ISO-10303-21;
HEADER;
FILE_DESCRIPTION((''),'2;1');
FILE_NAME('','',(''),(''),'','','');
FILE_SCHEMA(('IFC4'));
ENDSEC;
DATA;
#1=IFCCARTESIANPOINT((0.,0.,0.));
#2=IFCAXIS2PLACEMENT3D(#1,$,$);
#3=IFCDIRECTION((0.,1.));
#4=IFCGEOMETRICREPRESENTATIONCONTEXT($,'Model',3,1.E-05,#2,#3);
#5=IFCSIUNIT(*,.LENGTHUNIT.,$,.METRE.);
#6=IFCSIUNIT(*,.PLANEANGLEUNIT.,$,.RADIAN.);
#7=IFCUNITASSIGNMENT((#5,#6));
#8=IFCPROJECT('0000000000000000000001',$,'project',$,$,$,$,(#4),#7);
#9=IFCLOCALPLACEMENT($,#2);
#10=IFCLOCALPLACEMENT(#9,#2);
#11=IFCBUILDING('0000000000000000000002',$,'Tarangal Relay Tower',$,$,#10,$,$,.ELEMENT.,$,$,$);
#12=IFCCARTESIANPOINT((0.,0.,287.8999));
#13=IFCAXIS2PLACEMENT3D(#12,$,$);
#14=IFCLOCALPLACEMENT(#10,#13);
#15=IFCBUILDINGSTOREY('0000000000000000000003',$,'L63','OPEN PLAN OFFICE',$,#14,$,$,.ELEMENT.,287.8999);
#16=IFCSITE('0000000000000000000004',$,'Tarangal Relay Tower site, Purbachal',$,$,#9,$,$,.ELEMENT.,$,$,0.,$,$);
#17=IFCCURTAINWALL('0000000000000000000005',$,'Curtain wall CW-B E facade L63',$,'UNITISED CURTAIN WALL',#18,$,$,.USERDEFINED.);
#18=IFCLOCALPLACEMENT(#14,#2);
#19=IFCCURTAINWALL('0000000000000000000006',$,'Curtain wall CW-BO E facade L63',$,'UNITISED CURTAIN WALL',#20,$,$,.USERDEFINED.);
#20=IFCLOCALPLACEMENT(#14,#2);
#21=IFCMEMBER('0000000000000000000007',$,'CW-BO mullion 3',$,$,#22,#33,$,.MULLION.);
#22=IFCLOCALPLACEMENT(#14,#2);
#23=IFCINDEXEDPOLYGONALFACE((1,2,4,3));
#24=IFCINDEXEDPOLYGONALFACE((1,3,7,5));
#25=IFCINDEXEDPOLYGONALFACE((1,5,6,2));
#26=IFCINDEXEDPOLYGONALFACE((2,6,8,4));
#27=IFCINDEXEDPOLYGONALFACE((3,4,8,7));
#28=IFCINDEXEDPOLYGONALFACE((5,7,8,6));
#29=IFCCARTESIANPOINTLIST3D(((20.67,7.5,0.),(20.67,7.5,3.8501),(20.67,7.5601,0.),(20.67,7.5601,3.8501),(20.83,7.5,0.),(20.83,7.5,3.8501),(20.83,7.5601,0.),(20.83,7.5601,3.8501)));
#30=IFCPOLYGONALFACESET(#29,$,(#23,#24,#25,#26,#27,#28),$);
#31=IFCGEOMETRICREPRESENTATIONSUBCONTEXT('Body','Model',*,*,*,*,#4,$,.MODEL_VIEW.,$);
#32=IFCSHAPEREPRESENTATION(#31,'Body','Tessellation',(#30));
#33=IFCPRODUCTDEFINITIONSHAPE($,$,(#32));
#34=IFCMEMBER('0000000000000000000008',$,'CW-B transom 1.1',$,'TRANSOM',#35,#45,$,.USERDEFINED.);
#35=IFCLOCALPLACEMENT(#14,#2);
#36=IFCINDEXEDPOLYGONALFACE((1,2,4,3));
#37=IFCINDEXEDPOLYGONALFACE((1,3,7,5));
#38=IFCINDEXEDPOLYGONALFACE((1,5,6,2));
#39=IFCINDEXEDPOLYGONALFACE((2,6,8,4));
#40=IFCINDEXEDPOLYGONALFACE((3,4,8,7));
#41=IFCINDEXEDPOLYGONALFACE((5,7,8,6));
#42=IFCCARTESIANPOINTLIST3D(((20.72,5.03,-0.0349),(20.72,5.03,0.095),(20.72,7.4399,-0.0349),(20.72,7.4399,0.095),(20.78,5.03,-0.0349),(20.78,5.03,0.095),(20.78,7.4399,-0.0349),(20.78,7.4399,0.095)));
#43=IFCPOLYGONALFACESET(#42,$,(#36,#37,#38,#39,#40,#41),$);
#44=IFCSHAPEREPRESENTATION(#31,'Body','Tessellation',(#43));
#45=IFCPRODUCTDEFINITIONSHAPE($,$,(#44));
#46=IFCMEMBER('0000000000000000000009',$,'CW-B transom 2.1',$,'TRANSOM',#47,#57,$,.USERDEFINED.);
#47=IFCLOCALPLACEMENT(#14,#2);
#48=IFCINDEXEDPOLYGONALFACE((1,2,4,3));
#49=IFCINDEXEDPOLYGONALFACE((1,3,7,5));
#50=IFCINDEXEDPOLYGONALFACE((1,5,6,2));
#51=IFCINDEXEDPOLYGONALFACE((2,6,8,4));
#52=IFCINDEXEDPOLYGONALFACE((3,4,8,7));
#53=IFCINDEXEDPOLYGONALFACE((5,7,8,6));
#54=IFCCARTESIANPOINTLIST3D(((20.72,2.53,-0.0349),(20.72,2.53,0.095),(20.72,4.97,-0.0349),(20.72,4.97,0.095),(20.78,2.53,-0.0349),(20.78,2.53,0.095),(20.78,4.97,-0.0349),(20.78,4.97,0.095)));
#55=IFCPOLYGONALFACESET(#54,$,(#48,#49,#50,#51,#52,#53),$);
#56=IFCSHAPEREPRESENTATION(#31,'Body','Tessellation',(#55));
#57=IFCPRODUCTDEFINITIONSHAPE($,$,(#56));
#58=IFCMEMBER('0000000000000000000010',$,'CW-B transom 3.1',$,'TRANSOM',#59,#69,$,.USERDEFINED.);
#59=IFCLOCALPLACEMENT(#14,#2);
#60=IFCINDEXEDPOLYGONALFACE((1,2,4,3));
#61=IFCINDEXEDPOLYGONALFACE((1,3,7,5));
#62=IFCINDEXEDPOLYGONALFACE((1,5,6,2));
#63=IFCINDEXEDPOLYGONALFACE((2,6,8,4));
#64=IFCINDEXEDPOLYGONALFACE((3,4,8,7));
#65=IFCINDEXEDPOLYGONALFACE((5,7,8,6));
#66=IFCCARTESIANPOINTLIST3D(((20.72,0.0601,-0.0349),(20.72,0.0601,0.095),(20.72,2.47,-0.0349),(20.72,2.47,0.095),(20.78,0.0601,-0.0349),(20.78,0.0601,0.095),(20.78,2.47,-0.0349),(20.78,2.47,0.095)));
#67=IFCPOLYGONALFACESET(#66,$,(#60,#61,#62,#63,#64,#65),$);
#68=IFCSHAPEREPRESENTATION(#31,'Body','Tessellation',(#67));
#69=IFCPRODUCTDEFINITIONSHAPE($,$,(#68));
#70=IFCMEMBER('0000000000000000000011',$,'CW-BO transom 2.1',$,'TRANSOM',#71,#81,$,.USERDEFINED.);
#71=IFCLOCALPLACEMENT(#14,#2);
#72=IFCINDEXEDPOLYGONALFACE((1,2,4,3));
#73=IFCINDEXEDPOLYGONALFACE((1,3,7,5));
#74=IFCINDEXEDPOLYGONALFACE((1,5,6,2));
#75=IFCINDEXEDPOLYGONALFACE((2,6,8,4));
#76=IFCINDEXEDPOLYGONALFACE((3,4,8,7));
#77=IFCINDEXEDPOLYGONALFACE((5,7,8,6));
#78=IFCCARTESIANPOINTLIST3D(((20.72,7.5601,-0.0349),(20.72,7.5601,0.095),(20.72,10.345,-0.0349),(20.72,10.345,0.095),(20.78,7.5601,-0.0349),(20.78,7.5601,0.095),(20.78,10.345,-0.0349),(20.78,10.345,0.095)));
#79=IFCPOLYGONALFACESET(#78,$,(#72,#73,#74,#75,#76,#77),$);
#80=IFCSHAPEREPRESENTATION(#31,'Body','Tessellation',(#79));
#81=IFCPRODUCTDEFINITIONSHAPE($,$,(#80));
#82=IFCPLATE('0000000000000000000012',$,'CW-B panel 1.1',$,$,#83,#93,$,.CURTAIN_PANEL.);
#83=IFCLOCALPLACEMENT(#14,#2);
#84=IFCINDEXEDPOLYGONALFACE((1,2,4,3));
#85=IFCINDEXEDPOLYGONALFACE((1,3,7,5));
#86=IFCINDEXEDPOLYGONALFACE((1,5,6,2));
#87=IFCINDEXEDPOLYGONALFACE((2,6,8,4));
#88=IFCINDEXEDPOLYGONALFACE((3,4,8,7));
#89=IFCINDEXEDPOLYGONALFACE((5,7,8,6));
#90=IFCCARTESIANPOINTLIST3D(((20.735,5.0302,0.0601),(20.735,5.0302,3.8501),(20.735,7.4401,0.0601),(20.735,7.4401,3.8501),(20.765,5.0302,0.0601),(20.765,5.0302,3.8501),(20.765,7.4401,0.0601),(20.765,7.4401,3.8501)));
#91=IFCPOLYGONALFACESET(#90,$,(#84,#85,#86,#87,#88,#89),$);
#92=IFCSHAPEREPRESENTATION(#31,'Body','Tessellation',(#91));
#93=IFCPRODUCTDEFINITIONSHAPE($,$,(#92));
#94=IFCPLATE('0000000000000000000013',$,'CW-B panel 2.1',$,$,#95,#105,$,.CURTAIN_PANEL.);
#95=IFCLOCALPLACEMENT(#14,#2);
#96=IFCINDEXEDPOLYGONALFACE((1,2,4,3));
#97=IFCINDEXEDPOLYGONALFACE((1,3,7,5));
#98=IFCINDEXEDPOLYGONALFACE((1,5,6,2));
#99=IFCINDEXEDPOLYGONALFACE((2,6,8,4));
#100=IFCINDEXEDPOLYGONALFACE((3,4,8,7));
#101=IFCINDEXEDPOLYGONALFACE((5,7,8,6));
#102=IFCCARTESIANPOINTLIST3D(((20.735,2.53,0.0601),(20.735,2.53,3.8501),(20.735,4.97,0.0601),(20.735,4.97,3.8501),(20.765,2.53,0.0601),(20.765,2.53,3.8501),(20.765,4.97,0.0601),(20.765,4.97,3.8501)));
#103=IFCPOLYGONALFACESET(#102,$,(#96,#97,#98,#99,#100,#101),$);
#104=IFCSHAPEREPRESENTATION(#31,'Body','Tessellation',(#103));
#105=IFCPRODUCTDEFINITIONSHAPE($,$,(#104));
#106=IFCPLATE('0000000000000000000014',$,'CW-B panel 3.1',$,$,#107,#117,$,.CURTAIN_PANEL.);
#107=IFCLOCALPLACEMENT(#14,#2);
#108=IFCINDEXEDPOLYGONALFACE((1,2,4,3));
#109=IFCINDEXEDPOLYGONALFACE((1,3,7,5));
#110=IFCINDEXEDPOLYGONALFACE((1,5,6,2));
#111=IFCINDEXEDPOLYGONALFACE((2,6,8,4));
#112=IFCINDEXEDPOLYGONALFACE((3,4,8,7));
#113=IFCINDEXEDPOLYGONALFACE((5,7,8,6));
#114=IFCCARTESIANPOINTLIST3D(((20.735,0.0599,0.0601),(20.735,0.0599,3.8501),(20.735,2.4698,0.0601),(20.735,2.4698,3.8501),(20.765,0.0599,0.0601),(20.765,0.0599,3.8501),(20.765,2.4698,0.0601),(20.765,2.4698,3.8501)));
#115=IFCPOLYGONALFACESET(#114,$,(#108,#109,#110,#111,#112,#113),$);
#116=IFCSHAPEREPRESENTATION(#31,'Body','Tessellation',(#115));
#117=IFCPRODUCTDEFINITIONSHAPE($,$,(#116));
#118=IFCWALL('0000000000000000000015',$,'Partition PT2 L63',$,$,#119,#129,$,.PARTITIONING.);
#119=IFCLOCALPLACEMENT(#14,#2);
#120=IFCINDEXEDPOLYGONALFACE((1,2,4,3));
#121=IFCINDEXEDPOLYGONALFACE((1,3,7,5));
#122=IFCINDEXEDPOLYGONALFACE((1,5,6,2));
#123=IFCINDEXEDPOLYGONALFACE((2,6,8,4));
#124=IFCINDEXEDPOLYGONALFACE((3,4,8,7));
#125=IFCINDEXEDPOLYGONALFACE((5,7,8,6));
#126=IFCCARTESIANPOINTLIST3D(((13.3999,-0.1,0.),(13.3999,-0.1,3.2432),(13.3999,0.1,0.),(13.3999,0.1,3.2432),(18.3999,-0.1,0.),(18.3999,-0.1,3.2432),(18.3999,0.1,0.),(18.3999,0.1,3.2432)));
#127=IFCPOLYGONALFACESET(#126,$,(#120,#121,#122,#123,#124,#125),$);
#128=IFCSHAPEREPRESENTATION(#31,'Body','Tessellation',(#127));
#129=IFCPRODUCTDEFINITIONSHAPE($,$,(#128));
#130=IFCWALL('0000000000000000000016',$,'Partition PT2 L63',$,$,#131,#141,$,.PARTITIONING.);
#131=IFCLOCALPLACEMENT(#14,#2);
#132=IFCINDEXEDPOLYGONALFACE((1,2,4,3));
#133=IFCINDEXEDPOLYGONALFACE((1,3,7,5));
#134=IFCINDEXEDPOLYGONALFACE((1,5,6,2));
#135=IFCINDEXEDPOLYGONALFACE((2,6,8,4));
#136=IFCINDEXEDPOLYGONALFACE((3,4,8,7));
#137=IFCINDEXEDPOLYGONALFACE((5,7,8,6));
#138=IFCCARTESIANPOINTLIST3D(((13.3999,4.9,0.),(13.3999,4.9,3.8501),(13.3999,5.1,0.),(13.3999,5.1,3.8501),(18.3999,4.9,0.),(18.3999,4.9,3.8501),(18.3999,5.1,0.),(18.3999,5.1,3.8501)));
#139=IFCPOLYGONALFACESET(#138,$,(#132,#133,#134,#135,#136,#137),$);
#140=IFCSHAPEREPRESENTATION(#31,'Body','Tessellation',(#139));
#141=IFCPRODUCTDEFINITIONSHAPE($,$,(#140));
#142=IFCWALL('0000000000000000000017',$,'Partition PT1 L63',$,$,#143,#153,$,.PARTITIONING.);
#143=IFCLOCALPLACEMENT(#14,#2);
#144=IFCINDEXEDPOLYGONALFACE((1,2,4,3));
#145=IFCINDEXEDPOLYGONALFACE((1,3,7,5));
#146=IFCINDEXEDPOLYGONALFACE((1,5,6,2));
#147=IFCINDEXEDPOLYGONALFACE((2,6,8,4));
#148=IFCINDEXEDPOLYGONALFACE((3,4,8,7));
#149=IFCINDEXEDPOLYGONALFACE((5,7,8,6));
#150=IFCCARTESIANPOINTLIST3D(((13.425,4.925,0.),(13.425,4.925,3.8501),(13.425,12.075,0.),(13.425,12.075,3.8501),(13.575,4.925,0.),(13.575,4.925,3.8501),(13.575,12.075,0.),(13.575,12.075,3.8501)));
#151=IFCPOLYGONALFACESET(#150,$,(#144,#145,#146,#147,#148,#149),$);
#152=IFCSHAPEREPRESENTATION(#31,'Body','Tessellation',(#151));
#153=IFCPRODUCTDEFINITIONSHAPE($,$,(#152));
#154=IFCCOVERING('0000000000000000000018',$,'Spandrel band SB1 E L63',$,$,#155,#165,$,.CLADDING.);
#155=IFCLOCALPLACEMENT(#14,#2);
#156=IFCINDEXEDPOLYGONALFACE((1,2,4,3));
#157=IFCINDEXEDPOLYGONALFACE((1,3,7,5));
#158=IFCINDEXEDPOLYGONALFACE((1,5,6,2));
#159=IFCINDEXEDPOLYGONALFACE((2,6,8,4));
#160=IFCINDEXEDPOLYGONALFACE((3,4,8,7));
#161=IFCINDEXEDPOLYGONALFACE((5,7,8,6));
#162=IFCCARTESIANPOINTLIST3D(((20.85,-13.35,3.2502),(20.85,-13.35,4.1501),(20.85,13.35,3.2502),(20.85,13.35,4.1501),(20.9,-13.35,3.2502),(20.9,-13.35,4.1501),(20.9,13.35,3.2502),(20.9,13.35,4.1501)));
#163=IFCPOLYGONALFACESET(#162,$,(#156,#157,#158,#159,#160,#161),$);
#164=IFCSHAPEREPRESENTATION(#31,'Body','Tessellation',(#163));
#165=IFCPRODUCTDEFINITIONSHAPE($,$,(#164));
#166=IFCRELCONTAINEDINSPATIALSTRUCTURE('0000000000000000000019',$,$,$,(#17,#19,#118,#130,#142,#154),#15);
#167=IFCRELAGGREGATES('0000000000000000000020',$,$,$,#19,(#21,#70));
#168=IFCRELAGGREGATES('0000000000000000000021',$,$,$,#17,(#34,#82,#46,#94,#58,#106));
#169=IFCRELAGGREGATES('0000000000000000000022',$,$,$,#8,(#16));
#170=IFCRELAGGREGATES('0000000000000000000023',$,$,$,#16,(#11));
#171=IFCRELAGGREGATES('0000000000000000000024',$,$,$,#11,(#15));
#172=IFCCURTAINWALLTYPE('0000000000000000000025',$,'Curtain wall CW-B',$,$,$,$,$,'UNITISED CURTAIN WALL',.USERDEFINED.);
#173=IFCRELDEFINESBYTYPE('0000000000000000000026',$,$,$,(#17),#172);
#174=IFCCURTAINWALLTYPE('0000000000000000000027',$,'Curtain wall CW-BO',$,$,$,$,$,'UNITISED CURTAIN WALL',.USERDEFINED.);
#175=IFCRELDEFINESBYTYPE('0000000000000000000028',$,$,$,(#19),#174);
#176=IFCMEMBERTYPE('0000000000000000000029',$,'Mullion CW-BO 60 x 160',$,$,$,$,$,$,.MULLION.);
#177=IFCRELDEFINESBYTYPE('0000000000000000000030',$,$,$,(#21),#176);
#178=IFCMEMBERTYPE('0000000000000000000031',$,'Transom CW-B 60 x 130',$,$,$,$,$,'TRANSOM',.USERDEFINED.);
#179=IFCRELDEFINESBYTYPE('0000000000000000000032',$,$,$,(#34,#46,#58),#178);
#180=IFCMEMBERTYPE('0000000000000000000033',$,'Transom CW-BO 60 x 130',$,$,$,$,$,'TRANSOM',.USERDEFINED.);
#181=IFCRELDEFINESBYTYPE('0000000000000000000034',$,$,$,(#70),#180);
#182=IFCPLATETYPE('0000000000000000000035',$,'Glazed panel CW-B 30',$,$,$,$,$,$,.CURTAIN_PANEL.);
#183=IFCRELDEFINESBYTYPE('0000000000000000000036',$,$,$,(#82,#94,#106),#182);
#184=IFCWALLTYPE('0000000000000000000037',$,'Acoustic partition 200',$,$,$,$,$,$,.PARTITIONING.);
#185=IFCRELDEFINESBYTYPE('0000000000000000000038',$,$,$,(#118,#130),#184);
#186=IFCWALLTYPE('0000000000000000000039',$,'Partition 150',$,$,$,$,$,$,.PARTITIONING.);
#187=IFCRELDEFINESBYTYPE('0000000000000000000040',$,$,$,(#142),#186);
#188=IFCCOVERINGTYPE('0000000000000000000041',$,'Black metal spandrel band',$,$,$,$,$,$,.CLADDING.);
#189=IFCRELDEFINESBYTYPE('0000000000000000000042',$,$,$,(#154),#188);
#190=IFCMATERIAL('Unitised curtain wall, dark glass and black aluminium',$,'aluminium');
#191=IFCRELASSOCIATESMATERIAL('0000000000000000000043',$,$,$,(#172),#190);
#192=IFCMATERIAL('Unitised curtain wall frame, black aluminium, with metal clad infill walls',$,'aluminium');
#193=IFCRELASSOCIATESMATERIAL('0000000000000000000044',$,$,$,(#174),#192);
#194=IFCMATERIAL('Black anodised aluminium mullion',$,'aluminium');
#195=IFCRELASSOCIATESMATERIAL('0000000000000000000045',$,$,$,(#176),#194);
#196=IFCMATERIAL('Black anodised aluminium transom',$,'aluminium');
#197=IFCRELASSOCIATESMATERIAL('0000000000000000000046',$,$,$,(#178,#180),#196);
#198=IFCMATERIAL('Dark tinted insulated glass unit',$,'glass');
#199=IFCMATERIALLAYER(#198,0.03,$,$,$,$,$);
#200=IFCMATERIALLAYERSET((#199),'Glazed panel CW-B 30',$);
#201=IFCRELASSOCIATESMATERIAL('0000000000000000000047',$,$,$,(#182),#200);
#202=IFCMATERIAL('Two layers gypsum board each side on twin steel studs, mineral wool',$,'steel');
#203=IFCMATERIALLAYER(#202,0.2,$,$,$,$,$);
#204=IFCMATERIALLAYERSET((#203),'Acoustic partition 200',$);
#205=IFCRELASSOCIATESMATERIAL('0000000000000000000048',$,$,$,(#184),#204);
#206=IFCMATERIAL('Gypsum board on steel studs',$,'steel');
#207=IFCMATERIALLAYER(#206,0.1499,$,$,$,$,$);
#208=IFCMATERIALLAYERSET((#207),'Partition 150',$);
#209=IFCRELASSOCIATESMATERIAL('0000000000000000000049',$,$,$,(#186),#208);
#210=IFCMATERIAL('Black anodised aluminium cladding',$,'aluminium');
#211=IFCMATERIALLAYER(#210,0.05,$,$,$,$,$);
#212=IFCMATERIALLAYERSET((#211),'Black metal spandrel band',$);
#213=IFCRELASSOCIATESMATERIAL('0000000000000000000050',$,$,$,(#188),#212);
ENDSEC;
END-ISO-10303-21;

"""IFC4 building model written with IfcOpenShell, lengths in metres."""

from ifc_helpers import new_model, si_unit, direction, frame, frame_2d, origin, origin_2d, place, context, subcontext, project, spatial, rectangle, extrude, material, layer, layer_set, material_profile, profile_set, type_object, element, aggregate, save


model = new_model("IFC4")

# Units and contexts
model_context = context("Model", 3, precision=1e-05, world=origin(), true_north=direction((0.0, 1.0)))
body_context = subcontext(model_context, "Body", "Model", "MODEL_VIEW")
ifc_project = project(units=[si_unit("LENGTHUNIT", "METRE"), si_unit("PLANEANGLEUNIT", "RADIAN")], contexts=[model_context])

# Site, building, storey
site_placement = place(None, origin())
site = spatial("IfcSite", under=ifc_project, at=site_placement, Name="Tarangal Relay Tower site, Purbachal", CompositionType="ELEMENT", RefElevation=0.0)
building_placement = place(site_placement, origin())
building = spatial("IfcBuilding", under=site, at=building_placement, Name="Tarangal Relay Tower", CompositionType="ELEMENT")
storey_placement = place(building_placement, frame((0.0, 0.0, 287.8999)))
storey = spatial("IfcBuildingStorey", under=building, at=storey_placement, Name="L63", Description="OPEN PLAN OFFICE", CompositionType="ELEMENT", Elevation=287.8999)

# Curtain wall
ifc_material_1 = material(Name="Unitised curtain wall, dark glass and black aluminium", Category="aluminium")
curtain_wall_type_1 = type_object("IfcCurtainWallType", Name="Curtain wall CW-B", ElementType="UNITISED CURTAIN WALL", PredefinedType="USERDEFINED", material=ifc_material_1)
curtain_wall_1_placement = place(storey_placement, origin())
curtain_wall_1 = element("IfcCurtainWall", 1, at=curtain_wall_1_placement, inside=storey, type_object=curtain_wall_type_1, Name="Curtain wall CW-B E facade L63", ObjectType="UNITISED CURTAIN WALL", PredefinedType="USERDEFINED")
ifc_material_2 = material(Name="Black anodised aluminium mullion", Category="aluminium")

# Curtain wall, member
ifc_material_3 = material(Name="Unitised curtain wall frame, black aluminium, with metal clad infill walls", Category="aluminium")
curtain_wall_type_2 = type_object("IfcCurtainWallType", Name="Curtain wall CW-BO", ElementType="UNITISED CURTAIN WALL", PredefinedType="USERDEFINED", material=ifc_material_3)
curtain_wall_2_placement = place(storey_placement, origin())
curtain_wall_2 = element("IfcCurtainWall", 2, at=curtain_wall_2_placement, inside=storey, type_object=curtain_wall_type_2, Name="Curtain wall CW-BO E facade L63", ObjectType="UNITISED CURTAIN WALL", PredefinedType="USERDEFINED")
ifc_material_profile_1 = material_profile(ifc_material_2, rectangle(XDim=0.1599, YDim=0.0601, at=origin_2d()), Name="CW-BOM 60X160")
ifc_profile_set_1 = profile_set([ifc_material_profile_1], Name="Black anodised aluminium mullion")
member_type_1 = type_object("IfcMemberType", Name="Mullion CW-BO 60 x 160", PredefinedType="MULLION", material=ifc_profile_set_1)
member_1_placement = place(storey_placement, frame((20.75, 7.53, 0.0), z_axis=(0.0, 0.0, 1.0), x_axis=(1.0, 0.0, 0.0)))
member_1 = element("IfcMember", 3, at=member_1_placement, type_object=member_type_1, Name="CW-BO mullion 3", PredefinedType="MULLION", context=body_context, shape_type="SweptSolid", body=[
    extrude(rectangle(XDim=0.1599, YDim=0.0601, at=origin_2d()), origin(), (0.0, 0.0, 1.0), 3.8501),
])

# Members
ifc_material_4 = material(Name="Black anodised aluminium transom", Category="aluminium")
ifc_material_profile_2 = material_profile(ifc_material_4, rectangle(XDim=0.0601, YDim=0.1299, at=origin_2d()), Name="CW-BT 60X130")
ifc_profile_set_2 = profile_set([ifc_material_profile_2], Name="Black anodised aluminium transom")
member_type_2 = type_object("IfcMemberType", Name="Transom CW-B 60 x 130", ElementType="TRANSOM", PredefinedType="USERDEFINED", material=ifc_profile_set_2)
member_2_placement = place(storey_placement, frame((20.75, 7.4399, 0.03), z_axis=(0.0, -1.0, 0.0), x_axis=(1.0, 0.0, 0.0)))
member_2 = element("IfcMember", 4, at=member_2_placement, type_object=member_type_2, Name="CW-B transom 1.1", ObjectType="TRANSOM", PredefinedType="USERDEFINED", context=body_context, shape_type="SweptSolid", body=[
    extrude(rectangle(XDim=0.0601, YDim=0.1299, at=origin_2d()), origin(), (0.0, 0.0, 1.0), 2.4099),
])
member_3_placement = place(storey_placement, frame((20.75, 4.97, 0.03), z_axis=(0.0, -1.0, 0.0), x_axis=(1.0, 0.0, 0.0)))
member_3 = element("IfcMember", 5, at=member_3_placement, type_object=member_type_2, Name="CW-B transom 2.1", ObjectType="TRANSOM", PredefinedType="USERDEFINED", context=body_context, shape_type="SweptSolid", body=[
    extrude(rectangle(XDim=0.0601, YDim=0.1299, at=origin_2d()), origin(), (0.0, 0.0, 1.0), 2.4399),
])
member_4_placement = place(storey_placement, frame((20.75, 2.47, 0.03), z_axis=(0.0, -1.0, 0.0), x_axis=(1.0, 0.0, 0.0)))
member_4 = element("IfcMember", 6, at=member_4_placement, type_object=member_type_2, Name="CW-B transom 3.1", ObjectType="TRANSOM", PredefinedType="USERDEFINED", context=body_context, shape_type="SweptSolid", body=[
    extrude(rectangle(XDim=0.0601, YDim=0.1299, at=origin_2d()), origin(), (0.0, 0.0, 1.0), 2.4099),
])
ifc_material_profile_3 = material_profile(ifc_material_4, rectangle(XDim=0.0601, YDim=0.1299, at=origin_2d()), Name="CW-BOT 60X130")
ifc_profile_set_3 = profile_set([ifc_material_profile_3], Name="Black anodised aluminium transom")
member_type_3 = type_object("IfcMemberType", Name="Transom CW-BO 60 x 130", ElementType="TRANSOM", PredefinedType="USERDEFINED", material=ifc_profile_set_3)
member_5_placement = place(storey_placement, frame((20.75, 10.345, 0.03), z_axis=(0.0, -1.0, 0.0), x_axis=(1.0, 0.0, 0.0)))
member_5 = element("IfcMember", 7, at=member_5_placement, type_object=member_type_3, Name="CW-BO transom 2.1", ObjectType="TRANSOM", PredefinedType="USERDEFINED", context=body_context, shape_type="SweptSolid", body=[
    extrude(rectangle(XDim=0.0601, YDim=0.1299, at=origin_2d()), origin(), (0.0, 0.0, 1.0), 2.7849),
])
aggregate(curtain_wall_2, [member_1, member_5])

# Plates
ifc_material_5 = material(Name="Dark tinted insulated glass unit", Category="glass")
ifc_layer_1 = layer(ifc_material_5, 0.03)
ifc_layer_set_1 = layer_set([ifc_layer_1], Name="Glazed panel CW-B 30")
plate_type = type_object("IfcPlateType", Name="Glazed panel CW-B 30", PredefinedType="CURTAIN_PANEL", material=ifc_layer_set_1)
plate_1_placement = place(storey_placement, frame((20.75, 6.2351, 0.0601), z_axis=(0.0, 0.0, 1.0), x_axis=(0.0, -1.0, 0.0)))
plate_1 = element("IfcPlate", 8, at=plate_1_placement, type_object=plate_type, Name="CW-B panel 1.1", PredefinedType="CURTAIN_PANEL", context=body_context, shape_type="SweptSolid", body=[
    extrude(rectangle(XDim=2.4099, YDim=0.03, at=origin_2d()), origin(), (0.0, 0.0, 1.0), 3.79),
])
plate_2_placement = place(storey_placement, frame((20.75, 3.75, 0.0601), z_axis=(0.0, 0.0, 1.0), x_axis=(0.0, -1.0, 0.0)))
plate_2 = element("IfcPlate", 9, at=plate_2_placement, type_object=plate_type, Name="CW-B panel 2.1", PredefinedType="CURTAIN_PANEL", context=body_context, shape_type="SweptSolid", body=[
    extrude(rectangle(XDim=2.4399, YDim=0.03, at=origin_2d()), origin(), (0.0, 0.0, 1.0), 3.79),
])
plate_3_placement = place(storey_placement, frame((20.75, 1.2649, 0.0601), z_axis=(0.0, 0.0, 1.0), x_axis=(0.0, -1.0, 0.0)))
plate_3 = element("IfcPlate", 10, at=plate_3_placement, type_object=plate_type, Name="CW-B panel 3.1", PredefinedType="CURTAIN_PANEL", context=body_context, shape_type="SweptSolid", body=[
    extrude(rectangle(XDim=2.4099, YDim=0.03, at=origin_2d()), origin(), (0.0, 0.0, 1.0), 3.79),
])
aggregate(curtain_wall_1, [member_2, plate_1, member_3, plate_2, member_4, plate_3])

# Walls
ifc_material_6 = material(Name="Two layers gypsum board each side on twin steel studs, mineral wool", Category="steel")
ifc_layer_2 = layer(ifc_material_6, 0.2)
ifc_layer_set_2 = layer_set([ifc_layer_2], Name="Acoustic partition 200")
wall_type_1 = type_object("IfcWallType", Name="Acoustic partition 200", PredefinedType="PARTITIONING", material=ifc_layer_set_2)
wall_1_placement = place(storey_placement, frame((13.3999, 0.0, 0.0), z_axis=(0.0, 0.0, 1.0), x_axis=(1.0, 0.0, 0.0)))
element("IfcWall", 11, at=wall_1_placement, inside=storey, type_object=wall_type_1, Name="Partition PT2 L63", PredefinedType="PARTITIONING", context=body_context, shape_type="SweptSolid", body=[
    extrude(rectangle(XDim=5.0, YDim=0.2, at=frame_2d((2.5, 0.0))), origin(), (0.0, 0.0, 1.0), 3.2432),
])
wall_2_placement = place(storey_placement, frame((13.3999, 5.0, 0.0), z_axis=(0.0, 0.0, 1.0), x_axis=(1.0, 0.0, 0.0)))
element("IfcWall", 12, at=wall_2_placement, inside=storey, type_object=wall_type_1, Name="Partition PT2 L63", PredefinedType="PARTITIONING", context=body_context, shape_type="SweptSolid", body=[
    extrude(rectangle(XDim=5.0, YDim=0.2, at=frame_2d((2.5, 0.0))), origin(), (0.0, 0.0, 1.0), 3.8501),
])
ifc_material_7 = material(Name="Gypsum board on steel studs", Category="steel")
ifc_layer_3 = layer(ifc_material_7, 0.1499)
ifc_layer_set_3 = layer_set([ifc_layer_3], Name="Partition 150")
wall_type_2 = type_object("IfcWallType", Name="Partition 150", PredefinedType="PARTITIONING", material=ifc_layer_set_3)
wall_3_placement = place(storey_placement, frame((13.5, 4.925, 0.0), z_axis=(0.0, 0.0, 1.0), x_axis=(0.0, 1.0, 0.0)))
element("IfcWall", 13, at=wall_3_placement, inside=storey, type_object=wall_type_2, Name="Partition PT1 L63", PredefinedType="PARTITIONING", context=body_context, shape_type="SweptSolid", body=[
    extrude(rectangle(XDim=7.1499, YDim=0.1499, at=frame_2d((3.575, 0.0))), origin(), (0.0, 0.0, 1.0), 3.8501),
])

# Covering
ifc_material_8 = material(Name="Black anodised aluminium cladding", Category="aluminium")
ifc_layer_4 = layer(ifc_material_8, 0.05)
ifc_layer_set_4 = layer_set([ifc_layer_4], Name="Black metal spandrel band")
covering_type = type_object("IfcCoveringType", Name="Black metal spandrel band", PredefinedType="CLADDING", material=ifc_layer_set_4)
covering_placement = place(storey_placement, frame((20.875, 0.0, 3.2502), z_axis=(0.0, 0.0, 1.0), x_axis=(0.0, -1.0, 0.0)))
element("IfcCovering", 14, at=covering_placement, inside=storey, type_object=covering_type, Name="Spandrel band SB1 E L63", PredefinedType="CLADDING", context=body_context, shape_type="SweptSolid", body=[
    extrude(rectangle(XDim=26.7, YDim=0.05, at=origin_2d()), origin(), (0.0, 0.0, 1.0), 0.8999),
])

save(model, "model.ifc")
